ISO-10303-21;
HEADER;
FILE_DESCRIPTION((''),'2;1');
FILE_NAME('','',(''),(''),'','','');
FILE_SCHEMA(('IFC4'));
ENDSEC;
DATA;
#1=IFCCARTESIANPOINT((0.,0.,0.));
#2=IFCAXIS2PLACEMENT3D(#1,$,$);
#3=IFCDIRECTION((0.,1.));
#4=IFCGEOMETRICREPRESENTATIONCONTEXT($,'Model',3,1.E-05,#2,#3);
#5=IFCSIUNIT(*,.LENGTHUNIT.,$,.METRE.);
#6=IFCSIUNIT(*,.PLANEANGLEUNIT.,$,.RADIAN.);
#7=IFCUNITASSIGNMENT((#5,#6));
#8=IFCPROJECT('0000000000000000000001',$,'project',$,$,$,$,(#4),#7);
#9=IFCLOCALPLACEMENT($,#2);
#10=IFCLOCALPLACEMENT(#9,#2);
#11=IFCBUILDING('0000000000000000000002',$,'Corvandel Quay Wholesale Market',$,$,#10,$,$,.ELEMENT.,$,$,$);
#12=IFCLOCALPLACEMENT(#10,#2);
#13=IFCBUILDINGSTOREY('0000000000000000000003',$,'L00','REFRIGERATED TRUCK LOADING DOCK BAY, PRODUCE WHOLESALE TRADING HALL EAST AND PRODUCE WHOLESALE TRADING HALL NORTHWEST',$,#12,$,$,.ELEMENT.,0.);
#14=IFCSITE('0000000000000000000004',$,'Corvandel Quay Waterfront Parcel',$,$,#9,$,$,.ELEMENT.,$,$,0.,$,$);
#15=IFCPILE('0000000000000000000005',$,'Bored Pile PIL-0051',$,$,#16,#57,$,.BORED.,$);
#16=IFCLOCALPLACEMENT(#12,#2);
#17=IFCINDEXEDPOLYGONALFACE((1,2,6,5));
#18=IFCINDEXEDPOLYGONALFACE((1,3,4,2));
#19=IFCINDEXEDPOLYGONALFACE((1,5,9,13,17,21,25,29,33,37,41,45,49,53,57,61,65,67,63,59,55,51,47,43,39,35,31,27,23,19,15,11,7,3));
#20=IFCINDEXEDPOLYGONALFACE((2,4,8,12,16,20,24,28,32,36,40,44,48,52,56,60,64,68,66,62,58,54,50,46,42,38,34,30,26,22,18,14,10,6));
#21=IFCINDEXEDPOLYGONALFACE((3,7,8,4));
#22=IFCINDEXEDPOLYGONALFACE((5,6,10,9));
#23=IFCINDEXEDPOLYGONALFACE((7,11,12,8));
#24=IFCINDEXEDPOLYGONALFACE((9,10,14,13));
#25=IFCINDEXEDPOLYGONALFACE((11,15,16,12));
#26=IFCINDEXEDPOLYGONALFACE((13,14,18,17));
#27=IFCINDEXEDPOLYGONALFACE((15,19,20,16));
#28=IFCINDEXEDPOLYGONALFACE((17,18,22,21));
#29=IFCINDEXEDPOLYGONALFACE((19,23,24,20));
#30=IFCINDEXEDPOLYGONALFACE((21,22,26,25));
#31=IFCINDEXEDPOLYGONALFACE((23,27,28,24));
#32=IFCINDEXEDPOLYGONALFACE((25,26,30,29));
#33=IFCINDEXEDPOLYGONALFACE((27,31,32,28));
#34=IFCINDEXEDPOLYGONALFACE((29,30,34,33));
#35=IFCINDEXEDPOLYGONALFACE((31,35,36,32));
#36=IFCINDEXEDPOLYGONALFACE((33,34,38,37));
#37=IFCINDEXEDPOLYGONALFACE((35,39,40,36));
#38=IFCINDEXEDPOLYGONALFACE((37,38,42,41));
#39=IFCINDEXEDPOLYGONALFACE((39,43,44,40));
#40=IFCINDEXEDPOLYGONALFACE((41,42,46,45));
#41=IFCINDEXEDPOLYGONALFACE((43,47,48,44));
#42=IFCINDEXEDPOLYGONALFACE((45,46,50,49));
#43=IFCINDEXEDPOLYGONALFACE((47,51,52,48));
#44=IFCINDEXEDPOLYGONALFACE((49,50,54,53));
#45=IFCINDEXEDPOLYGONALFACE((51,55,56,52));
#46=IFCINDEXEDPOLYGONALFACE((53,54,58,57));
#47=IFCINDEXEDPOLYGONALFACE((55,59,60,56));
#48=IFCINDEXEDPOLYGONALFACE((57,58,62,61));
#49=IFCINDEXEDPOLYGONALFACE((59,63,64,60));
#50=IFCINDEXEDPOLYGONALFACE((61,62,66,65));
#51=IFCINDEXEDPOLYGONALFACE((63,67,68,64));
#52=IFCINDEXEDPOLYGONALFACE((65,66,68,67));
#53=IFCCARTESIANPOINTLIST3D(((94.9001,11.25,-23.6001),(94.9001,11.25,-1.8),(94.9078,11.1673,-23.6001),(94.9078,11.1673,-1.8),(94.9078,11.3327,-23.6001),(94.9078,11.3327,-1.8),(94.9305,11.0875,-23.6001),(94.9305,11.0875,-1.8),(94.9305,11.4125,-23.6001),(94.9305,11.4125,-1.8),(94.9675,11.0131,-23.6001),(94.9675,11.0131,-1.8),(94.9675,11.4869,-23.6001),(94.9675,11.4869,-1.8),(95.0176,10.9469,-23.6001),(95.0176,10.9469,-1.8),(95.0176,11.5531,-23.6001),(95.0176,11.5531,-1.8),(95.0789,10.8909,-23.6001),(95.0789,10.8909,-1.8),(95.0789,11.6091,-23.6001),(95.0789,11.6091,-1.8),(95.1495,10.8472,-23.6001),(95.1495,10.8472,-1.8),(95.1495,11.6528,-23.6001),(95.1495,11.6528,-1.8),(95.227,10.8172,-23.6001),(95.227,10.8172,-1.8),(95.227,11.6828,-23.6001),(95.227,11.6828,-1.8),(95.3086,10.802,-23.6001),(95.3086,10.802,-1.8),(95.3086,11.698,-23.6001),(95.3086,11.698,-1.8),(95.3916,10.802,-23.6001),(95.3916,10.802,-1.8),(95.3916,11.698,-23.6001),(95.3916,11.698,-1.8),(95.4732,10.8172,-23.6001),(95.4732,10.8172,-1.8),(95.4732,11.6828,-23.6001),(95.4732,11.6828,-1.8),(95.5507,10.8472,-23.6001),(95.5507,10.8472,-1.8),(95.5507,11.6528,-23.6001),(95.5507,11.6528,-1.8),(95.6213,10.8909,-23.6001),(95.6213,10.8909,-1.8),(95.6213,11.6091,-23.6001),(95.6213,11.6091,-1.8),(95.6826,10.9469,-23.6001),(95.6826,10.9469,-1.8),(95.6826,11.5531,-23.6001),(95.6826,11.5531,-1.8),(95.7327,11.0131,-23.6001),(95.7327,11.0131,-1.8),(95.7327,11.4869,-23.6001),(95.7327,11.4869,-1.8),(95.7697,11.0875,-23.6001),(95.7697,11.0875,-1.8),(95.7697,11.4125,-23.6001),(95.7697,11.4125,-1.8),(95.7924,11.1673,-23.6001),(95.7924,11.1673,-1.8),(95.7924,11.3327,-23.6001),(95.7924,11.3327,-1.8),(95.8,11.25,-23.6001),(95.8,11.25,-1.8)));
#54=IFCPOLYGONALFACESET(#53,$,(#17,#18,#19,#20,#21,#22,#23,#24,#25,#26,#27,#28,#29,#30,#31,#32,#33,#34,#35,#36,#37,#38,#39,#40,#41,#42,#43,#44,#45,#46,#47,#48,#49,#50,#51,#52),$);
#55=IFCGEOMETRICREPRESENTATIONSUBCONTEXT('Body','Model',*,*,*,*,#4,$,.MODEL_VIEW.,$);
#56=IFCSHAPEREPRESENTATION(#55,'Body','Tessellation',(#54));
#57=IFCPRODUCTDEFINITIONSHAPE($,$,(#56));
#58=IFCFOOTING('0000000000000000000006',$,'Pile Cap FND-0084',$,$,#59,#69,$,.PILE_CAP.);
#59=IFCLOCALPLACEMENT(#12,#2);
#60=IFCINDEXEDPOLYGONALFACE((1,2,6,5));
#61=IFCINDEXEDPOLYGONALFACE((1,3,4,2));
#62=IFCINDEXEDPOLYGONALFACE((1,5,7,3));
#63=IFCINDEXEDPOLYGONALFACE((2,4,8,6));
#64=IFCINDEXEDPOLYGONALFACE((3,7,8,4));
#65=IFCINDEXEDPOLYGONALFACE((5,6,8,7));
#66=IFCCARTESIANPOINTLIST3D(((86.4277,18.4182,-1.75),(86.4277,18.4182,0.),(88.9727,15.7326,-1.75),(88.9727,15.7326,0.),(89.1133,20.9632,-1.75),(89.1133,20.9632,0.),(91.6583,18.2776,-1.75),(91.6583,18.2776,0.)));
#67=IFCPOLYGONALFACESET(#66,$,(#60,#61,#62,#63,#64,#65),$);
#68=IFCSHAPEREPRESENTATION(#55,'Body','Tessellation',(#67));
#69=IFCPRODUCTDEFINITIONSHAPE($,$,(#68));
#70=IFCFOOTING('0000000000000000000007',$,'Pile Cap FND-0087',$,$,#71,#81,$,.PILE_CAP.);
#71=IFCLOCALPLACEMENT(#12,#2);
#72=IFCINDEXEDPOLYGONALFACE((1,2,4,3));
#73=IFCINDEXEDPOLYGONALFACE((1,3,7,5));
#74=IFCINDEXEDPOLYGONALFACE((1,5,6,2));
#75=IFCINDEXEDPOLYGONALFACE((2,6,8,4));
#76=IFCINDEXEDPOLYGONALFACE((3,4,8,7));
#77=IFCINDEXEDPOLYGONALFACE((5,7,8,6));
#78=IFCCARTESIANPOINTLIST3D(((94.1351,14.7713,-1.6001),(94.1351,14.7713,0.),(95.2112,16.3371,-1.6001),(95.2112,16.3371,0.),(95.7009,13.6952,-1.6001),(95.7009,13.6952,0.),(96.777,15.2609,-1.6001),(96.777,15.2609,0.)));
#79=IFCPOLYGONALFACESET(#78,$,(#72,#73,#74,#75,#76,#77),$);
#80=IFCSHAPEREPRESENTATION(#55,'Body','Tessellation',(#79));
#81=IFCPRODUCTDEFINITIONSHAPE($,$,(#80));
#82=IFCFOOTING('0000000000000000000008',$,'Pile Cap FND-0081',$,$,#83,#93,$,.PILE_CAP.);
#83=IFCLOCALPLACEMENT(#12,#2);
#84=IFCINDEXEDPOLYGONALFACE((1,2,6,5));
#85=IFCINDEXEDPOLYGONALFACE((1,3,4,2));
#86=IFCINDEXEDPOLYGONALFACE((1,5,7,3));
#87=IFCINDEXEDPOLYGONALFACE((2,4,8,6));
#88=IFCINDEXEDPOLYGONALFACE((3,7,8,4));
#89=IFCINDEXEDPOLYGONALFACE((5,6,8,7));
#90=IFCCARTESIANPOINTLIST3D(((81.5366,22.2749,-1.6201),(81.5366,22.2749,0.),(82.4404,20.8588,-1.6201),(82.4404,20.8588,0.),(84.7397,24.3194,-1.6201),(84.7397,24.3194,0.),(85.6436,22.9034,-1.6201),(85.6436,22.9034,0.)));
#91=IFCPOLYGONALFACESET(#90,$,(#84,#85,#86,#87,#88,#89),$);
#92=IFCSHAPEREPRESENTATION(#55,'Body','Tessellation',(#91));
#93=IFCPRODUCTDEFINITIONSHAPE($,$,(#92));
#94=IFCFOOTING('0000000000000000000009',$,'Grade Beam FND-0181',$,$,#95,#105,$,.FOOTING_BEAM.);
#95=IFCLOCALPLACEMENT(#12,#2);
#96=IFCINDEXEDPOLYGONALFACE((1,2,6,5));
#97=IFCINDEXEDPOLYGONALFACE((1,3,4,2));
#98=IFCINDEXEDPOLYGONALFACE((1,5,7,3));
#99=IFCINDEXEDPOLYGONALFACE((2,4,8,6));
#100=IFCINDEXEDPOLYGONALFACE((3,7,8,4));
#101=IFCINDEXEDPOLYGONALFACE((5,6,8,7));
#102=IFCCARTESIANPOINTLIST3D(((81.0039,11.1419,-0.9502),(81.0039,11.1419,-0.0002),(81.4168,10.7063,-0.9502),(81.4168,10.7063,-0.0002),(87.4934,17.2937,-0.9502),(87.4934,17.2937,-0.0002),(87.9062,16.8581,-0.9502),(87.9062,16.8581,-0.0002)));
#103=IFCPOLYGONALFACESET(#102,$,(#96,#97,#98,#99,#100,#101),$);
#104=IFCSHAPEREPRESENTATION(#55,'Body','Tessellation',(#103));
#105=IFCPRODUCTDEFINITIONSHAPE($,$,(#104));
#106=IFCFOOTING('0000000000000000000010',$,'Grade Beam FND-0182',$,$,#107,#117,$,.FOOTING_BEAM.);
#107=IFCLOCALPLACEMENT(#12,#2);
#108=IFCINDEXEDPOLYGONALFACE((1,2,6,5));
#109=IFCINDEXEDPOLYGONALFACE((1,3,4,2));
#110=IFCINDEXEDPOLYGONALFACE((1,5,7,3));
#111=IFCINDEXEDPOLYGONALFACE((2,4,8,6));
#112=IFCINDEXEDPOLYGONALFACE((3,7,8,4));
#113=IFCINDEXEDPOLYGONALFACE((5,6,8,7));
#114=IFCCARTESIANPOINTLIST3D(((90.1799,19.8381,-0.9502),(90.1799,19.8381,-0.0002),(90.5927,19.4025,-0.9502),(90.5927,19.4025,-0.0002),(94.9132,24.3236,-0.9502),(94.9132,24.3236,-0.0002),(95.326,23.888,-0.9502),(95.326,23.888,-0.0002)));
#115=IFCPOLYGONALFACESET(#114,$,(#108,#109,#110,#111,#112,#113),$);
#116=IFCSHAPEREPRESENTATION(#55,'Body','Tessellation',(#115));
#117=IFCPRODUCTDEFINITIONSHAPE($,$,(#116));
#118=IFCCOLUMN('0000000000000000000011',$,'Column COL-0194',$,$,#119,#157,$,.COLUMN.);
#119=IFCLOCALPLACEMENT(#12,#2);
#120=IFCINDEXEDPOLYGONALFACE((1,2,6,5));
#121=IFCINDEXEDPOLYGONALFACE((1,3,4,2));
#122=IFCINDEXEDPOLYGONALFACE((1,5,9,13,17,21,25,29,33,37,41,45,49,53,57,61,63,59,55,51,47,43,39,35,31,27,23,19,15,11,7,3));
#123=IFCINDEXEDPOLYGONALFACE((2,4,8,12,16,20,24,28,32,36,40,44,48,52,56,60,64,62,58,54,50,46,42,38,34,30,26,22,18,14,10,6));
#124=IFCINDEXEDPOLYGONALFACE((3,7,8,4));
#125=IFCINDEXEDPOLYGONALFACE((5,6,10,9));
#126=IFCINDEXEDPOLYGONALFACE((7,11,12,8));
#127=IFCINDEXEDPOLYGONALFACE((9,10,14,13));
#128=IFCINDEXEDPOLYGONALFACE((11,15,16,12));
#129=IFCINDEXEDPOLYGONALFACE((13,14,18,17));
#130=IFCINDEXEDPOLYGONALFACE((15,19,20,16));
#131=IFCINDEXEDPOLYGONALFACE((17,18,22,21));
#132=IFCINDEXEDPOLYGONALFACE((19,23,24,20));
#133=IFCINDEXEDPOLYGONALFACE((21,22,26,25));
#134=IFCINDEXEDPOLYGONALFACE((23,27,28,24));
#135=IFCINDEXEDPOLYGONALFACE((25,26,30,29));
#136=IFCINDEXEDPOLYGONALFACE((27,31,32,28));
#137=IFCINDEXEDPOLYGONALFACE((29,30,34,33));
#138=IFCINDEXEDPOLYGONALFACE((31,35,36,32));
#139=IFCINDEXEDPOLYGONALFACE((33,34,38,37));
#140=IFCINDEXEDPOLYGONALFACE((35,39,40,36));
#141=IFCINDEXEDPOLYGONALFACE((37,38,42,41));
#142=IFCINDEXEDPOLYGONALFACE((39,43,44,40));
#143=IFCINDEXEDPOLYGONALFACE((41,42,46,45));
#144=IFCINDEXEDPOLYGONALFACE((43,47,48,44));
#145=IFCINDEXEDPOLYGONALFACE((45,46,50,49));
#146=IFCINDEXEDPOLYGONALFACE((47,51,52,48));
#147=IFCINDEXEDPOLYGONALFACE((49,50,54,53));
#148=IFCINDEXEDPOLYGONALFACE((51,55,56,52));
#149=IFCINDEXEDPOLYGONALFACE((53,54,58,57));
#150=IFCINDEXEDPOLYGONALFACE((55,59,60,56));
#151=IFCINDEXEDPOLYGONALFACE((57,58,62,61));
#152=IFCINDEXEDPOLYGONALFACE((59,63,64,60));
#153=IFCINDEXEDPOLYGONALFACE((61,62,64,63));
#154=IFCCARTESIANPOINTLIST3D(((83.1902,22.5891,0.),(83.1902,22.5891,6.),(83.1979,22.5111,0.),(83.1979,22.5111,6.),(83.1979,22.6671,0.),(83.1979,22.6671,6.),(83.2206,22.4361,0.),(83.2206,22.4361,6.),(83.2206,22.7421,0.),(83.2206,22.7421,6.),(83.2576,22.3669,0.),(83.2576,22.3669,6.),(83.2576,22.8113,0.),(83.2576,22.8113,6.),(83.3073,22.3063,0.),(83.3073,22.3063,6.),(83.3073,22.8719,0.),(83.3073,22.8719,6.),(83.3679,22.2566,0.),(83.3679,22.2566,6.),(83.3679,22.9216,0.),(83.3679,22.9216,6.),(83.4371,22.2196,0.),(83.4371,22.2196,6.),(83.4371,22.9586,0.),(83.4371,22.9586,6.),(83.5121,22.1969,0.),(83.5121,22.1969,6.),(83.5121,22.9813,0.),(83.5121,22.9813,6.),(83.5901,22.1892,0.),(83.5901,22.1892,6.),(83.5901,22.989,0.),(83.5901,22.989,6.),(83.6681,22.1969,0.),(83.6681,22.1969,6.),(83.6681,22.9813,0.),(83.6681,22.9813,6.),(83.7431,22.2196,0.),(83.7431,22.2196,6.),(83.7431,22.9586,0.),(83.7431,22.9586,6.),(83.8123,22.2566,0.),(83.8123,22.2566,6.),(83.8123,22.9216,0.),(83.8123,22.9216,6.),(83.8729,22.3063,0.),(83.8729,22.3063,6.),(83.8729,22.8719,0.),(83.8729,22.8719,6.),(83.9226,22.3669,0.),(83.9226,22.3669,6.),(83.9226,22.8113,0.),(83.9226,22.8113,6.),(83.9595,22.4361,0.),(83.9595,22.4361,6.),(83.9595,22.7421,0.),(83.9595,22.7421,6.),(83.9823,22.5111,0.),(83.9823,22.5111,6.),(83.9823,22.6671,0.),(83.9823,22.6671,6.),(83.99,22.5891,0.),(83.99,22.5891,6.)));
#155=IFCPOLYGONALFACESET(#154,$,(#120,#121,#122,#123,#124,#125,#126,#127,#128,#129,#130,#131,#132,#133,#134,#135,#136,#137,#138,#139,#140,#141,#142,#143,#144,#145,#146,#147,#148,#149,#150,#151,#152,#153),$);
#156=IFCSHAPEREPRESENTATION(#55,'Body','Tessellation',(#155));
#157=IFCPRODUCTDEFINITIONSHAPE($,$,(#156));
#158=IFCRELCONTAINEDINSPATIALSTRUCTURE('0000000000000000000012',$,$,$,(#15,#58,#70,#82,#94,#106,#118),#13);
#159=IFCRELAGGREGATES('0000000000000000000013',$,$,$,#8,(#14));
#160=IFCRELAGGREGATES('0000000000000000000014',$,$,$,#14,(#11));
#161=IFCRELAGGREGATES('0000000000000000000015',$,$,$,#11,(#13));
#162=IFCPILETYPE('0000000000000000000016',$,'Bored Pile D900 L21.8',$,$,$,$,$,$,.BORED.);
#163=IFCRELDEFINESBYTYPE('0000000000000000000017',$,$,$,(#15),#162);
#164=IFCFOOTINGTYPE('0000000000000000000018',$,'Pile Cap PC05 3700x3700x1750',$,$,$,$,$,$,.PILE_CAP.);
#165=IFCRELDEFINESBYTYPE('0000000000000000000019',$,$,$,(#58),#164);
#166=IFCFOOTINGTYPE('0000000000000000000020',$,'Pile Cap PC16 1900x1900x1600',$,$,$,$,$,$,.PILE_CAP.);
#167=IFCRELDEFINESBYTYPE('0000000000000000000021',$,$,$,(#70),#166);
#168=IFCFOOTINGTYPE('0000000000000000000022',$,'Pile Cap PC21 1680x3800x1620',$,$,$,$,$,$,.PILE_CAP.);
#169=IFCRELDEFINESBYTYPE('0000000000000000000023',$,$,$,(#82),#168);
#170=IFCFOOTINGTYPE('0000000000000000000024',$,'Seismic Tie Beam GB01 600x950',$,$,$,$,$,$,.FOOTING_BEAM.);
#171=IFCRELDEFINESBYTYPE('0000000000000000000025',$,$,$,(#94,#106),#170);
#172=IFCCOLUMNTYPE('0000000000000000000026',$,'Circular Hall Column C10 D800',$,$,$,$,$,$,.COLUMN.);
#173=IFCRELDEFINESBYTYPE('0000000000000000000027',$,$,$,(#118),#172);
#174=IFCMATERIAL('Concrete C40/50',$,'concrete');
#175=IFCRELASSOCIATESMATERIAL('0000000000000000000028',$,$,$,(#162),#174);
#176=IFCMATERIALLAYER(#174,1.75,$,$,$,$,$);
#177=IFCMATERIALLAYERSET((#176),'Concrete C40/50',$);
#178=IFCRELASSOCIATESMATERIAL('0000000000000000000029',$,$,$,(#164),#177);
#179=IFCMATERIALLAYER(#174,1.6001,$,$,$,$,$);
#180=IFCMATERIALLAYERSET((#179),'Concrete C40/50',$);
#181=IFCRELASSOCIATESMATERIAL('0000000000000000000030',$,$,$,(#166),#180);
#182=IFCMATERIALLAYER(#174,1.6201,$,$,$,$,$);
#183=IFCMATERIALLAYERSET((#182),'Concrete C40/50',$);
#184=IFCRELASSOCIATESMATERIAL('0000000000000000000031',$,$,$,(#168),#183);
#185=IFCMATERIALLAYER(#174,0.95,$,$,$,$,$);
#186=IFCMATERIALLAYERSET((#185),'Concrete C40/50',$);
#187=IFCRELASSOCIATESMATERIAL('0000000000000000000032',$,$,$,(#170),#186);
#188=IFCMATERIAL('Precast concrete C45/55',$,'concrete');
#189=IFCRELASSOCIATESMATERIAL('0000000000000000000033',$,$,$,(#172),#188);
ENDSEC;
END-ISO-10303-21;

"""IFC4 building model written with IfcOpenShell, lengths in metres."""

from ifc_helpers import new_model, si_unit, direction, frame, origin, origin_2d, place, context, subcontext, project, spatial, rectangle, circle, extrude, material, layer, layer_set, material_profile, profile_set, type_object, element, save


model = new_model("IFC4")

# Units and contexts
model_context = context("Model", 3, precision=1e-05, world=origin(), true_north=direction((0.0, 1.0)))
body_context = subcontext(model_context, "Body", "Model", "MODEL_VIEW")
ifc_project = project(units=[si_unit("LENGTHUNIT", "METRE"), si_unit("PLANEANGLEUNIT", "RADIAN")], contexts=[model_context])

# Site, building, storey
site_placement = place(None, origin())
site = spatial("IfcSite", under=ifc_project, at=site_placement, Name="Corvandel Quay Waterfront Parcel", CompositionType="ELEMENT", RefElevation=0.0)
building_placement = place(site_placement, origin())
building = spatial("IfcBuilding", under=site, at=building_placement, Name="Corvandel Quay Wholesale Market", CompositionType="ELEMENT")
storey_placement = place(building_placement, origin())
storey = spatial("IfcBuildingStorey", under=building, at=storey_placement, Name="L00", Description="REFRIGERATED TRUCK LOADING DOCK BAY, PRODUCE WHOLESALE TRADING HALL EAST AND PRODUCE WHOLESALE TRADING HALL NORTHWEST", CompositionType="ELEMENT", Elevation=0.0)

# Pile
ifc_material_1 = material(Name="Concrete C40/50", Category="concrete")
ifc_material_profile_1 = material_profile(ifc_material_1, circle(Radius=0.45, at=origin_2d()), Name="RC-PILE-D900")
ifc_profile_set_1 = profile_set([ifc_material_profile_1], Name="Concrete C40/50")
pile_type_1 = type_object("IfcPileType", Name="Bored Pile D900 L21.8", PredefinedType="BORED", material=ifc_profile_set_1)
for number, where, z_axis, x_axis, name in (
    (1, (95.3501, 11.25, -1.8), (0.0, 0.0, -1.0), (1.0, 0.0, 0.0), "Bored Pile PIL-0051"),
):
    element("IfcPile", number, at=place(storey_placement, frame(where, z_axis=z_axis, x_axis=x_axis)), inside=storey, type_object=pile_type_1, Name=name, PredefinedType="BORED", context=body_context, shape_type="SweptSolid", body=[
        extrude(circle(Radius=0.45, at=origin_2d()), origin(), (0.0, 0.0, 1.0), 21.8),
    ])

# Footings
ifc_layer_1 = layer(ifc_material_1, 1.75)
ifc_layer_set_1 = layer_set([ifc_layer_1], Name="Concrete C40/50")
footing_type_1 = type_object("IfcFootingType", Name="Pile Cap PC05 3700x3700x1750", PredefinedType="PILE_CAP", material=ifc_layer_set_1)
footing_1_placement = place(storey_placement, frame((89.043, 18.3479, -1.75), z_axis=(0.0, 0.0, 1.0), x_axis=(-0.687848, 0.725855, 0.0)))
element("IfcFooting", 2, at=footing_1_placement, inside=storey, type_object=footing_type_1, Name="Pile Cap FND-0084", PredefinedType="PILE_CAP", context=body_context, shape_type="SweptSolid", body=[
    extrude(rectangle(XDim=3.7, YDim=3.7, at=origin_2d()), origin(), (0.0, 0.0, 1.0), 1.75),
])
ifc_layer_2 = layer(ifc_material_1, 1.6001)
ifc_layer_set_2 = layer_set([ifc_layer_2], Name="Concrete C40/50")
footing_type_2 = type_object("IfcFootingType", Name="Pile Cap PC16 1900x1900x1600", PredefinedType="PILE_CAP", material=ifc_layer_set_2)
footing_2_placement = place(storey_placement, frame((95.4561, 15.0161, -1.6001), z_axis=(0.0, 0.0, 1.0), x_axis=(-0.824126, 0.566406, 0.0)))
element("IfcFooting", 3, at=footing_2_placement, inside=storey, type_object=footing_type_2, Name="Pile Cap FND-0087", PredefinedType="PILE_CAP", context=body_context, shape_type="SweptSolid", body=[
    extrude(rectangle(XDim=1.8999, YDim=1.8999, at=origin_2d()), origin(), (0.0, 0.0, 1.0), 1.6001),
])
ifc_layer_3 = layer(ifc_material_1, 1.6201)
ifc_layer_set_3 = layer_set([ifc_layer_3], Name="Concrete C40/50")
footing_type_3 = type_object("IfcFootingType", Name="Pile Cap PC21 1680x3800x1620", PredefinedType="PILE_CAP", material=ifc_layer_set_3)
footing_3_placement = place(storey_placement, frame((83.5901, 22.5891, -1.6201), z_axis=(0.0, 0.0, 1.0), x_axis=(-0.538035, 0.842922, 0.0)))
element("IfcFooting", 4, at=footing_3_placement, inside=storey, type_object=footing_type_3, Name="Pile Cap FND-0081", PredefinedType="PILE_CAP", context=body_context, shape_type="SweptSolid", body=[
    extrude(rectangle(XDim=1.6799, YDim=3.8, at=origin_2d()), origin(), (0.0, 0.0, 1.0), 1.6201),
])
ifc_layer_4 = layer(ifc_material_1, 0.95)
ifc_layer_set_4 = layer_set([ifc_layer_4], Name="Concrete C40/50")
footing_type_4 = type_object("IfcFootingType", Name="Seismic Tie Beam GB01 600x950", PredefinedType="FOOTING_BEAM", material=ifc_layer_set_4)
footing_4_placement = place(storey_placement, frame((84.4551, 14.0, -0.9502), z_axis=(0.0, 0.0, 1.0), x_axis=(0.725735, 0.687975, 0.0)))
element("IfcFooting", 5, at=footing_4_placement, inside=storey, type_object=footing_type_4, Name="Grade Beam FND-0181", PredefinedType="FOOTING_BEAM", context=body_context, shape_type="SweptSolid", body=[
    extrude(rectangle(XDim=8.9419, YDim=0.6001, at=origin_2d()), origin(), (0.0, 0.0, 1.0), 0.95),
])
footing_5_placement = place(storey_placement, frame((92.7529, 21.863, -0.9502), z_axis=(0.0, 0.0, 1.0), x_axis=(0.725855, 0.687848, 0.0)))
element("IfcFooting", 6, at=footing_5_placement, inside=storey, type_object=footing_type_4, Name="Grade Beam FND-0182", PredefinedType="FOOTING_BEAM", context=body_context, shape_type="SweptSolid", body=[
    extrude(rectangle(XDim=6.521, YDim=0.6001, at=origin_2d()), origin(), (0.0, 0.0, 1.0), 0.95),
])

# Column
ifc_material_2 = material(Name="Precast concrete C45/55", Category="concrete")
ifc_material_profile_2 = material_profile(ifc_material_2, circle(Radius=0.3999, at=origin_2d()), Name="PC-COL-D800")
ifc_profile_set_2 = profile_set([ifc_material_profile_2], Name="Precast concrete C45/55")
column_type = type_object("IfcColumnType", Name="Circular Hall Column C10 D800", PredefinedType="COLUMN", material=ifc_profile_set_2)
for number, where, z_axis, x_axis, name in (
    (7, (83.5901, 22.5891, 0.0), (0.0, 0.0, 1.0), (1.0, 0.0, 0.0), "Column COL-0194"),
):
    element("IfcColumn", number, at=place(storey_placement, frame(where, z_axis=z_axis, x_axis=x_axis)), inside=storey, type_object=column_type, Name=name, PredefinedType="COLUMN", context=body_context, shape_type="SweptSolid", body=[
        extrude(circle(Radius=0.3999, at=origin_2d()), origin(), (0.0, 0.0, 1.0), 6.0),
    ])

save(model, "model.ifc")
